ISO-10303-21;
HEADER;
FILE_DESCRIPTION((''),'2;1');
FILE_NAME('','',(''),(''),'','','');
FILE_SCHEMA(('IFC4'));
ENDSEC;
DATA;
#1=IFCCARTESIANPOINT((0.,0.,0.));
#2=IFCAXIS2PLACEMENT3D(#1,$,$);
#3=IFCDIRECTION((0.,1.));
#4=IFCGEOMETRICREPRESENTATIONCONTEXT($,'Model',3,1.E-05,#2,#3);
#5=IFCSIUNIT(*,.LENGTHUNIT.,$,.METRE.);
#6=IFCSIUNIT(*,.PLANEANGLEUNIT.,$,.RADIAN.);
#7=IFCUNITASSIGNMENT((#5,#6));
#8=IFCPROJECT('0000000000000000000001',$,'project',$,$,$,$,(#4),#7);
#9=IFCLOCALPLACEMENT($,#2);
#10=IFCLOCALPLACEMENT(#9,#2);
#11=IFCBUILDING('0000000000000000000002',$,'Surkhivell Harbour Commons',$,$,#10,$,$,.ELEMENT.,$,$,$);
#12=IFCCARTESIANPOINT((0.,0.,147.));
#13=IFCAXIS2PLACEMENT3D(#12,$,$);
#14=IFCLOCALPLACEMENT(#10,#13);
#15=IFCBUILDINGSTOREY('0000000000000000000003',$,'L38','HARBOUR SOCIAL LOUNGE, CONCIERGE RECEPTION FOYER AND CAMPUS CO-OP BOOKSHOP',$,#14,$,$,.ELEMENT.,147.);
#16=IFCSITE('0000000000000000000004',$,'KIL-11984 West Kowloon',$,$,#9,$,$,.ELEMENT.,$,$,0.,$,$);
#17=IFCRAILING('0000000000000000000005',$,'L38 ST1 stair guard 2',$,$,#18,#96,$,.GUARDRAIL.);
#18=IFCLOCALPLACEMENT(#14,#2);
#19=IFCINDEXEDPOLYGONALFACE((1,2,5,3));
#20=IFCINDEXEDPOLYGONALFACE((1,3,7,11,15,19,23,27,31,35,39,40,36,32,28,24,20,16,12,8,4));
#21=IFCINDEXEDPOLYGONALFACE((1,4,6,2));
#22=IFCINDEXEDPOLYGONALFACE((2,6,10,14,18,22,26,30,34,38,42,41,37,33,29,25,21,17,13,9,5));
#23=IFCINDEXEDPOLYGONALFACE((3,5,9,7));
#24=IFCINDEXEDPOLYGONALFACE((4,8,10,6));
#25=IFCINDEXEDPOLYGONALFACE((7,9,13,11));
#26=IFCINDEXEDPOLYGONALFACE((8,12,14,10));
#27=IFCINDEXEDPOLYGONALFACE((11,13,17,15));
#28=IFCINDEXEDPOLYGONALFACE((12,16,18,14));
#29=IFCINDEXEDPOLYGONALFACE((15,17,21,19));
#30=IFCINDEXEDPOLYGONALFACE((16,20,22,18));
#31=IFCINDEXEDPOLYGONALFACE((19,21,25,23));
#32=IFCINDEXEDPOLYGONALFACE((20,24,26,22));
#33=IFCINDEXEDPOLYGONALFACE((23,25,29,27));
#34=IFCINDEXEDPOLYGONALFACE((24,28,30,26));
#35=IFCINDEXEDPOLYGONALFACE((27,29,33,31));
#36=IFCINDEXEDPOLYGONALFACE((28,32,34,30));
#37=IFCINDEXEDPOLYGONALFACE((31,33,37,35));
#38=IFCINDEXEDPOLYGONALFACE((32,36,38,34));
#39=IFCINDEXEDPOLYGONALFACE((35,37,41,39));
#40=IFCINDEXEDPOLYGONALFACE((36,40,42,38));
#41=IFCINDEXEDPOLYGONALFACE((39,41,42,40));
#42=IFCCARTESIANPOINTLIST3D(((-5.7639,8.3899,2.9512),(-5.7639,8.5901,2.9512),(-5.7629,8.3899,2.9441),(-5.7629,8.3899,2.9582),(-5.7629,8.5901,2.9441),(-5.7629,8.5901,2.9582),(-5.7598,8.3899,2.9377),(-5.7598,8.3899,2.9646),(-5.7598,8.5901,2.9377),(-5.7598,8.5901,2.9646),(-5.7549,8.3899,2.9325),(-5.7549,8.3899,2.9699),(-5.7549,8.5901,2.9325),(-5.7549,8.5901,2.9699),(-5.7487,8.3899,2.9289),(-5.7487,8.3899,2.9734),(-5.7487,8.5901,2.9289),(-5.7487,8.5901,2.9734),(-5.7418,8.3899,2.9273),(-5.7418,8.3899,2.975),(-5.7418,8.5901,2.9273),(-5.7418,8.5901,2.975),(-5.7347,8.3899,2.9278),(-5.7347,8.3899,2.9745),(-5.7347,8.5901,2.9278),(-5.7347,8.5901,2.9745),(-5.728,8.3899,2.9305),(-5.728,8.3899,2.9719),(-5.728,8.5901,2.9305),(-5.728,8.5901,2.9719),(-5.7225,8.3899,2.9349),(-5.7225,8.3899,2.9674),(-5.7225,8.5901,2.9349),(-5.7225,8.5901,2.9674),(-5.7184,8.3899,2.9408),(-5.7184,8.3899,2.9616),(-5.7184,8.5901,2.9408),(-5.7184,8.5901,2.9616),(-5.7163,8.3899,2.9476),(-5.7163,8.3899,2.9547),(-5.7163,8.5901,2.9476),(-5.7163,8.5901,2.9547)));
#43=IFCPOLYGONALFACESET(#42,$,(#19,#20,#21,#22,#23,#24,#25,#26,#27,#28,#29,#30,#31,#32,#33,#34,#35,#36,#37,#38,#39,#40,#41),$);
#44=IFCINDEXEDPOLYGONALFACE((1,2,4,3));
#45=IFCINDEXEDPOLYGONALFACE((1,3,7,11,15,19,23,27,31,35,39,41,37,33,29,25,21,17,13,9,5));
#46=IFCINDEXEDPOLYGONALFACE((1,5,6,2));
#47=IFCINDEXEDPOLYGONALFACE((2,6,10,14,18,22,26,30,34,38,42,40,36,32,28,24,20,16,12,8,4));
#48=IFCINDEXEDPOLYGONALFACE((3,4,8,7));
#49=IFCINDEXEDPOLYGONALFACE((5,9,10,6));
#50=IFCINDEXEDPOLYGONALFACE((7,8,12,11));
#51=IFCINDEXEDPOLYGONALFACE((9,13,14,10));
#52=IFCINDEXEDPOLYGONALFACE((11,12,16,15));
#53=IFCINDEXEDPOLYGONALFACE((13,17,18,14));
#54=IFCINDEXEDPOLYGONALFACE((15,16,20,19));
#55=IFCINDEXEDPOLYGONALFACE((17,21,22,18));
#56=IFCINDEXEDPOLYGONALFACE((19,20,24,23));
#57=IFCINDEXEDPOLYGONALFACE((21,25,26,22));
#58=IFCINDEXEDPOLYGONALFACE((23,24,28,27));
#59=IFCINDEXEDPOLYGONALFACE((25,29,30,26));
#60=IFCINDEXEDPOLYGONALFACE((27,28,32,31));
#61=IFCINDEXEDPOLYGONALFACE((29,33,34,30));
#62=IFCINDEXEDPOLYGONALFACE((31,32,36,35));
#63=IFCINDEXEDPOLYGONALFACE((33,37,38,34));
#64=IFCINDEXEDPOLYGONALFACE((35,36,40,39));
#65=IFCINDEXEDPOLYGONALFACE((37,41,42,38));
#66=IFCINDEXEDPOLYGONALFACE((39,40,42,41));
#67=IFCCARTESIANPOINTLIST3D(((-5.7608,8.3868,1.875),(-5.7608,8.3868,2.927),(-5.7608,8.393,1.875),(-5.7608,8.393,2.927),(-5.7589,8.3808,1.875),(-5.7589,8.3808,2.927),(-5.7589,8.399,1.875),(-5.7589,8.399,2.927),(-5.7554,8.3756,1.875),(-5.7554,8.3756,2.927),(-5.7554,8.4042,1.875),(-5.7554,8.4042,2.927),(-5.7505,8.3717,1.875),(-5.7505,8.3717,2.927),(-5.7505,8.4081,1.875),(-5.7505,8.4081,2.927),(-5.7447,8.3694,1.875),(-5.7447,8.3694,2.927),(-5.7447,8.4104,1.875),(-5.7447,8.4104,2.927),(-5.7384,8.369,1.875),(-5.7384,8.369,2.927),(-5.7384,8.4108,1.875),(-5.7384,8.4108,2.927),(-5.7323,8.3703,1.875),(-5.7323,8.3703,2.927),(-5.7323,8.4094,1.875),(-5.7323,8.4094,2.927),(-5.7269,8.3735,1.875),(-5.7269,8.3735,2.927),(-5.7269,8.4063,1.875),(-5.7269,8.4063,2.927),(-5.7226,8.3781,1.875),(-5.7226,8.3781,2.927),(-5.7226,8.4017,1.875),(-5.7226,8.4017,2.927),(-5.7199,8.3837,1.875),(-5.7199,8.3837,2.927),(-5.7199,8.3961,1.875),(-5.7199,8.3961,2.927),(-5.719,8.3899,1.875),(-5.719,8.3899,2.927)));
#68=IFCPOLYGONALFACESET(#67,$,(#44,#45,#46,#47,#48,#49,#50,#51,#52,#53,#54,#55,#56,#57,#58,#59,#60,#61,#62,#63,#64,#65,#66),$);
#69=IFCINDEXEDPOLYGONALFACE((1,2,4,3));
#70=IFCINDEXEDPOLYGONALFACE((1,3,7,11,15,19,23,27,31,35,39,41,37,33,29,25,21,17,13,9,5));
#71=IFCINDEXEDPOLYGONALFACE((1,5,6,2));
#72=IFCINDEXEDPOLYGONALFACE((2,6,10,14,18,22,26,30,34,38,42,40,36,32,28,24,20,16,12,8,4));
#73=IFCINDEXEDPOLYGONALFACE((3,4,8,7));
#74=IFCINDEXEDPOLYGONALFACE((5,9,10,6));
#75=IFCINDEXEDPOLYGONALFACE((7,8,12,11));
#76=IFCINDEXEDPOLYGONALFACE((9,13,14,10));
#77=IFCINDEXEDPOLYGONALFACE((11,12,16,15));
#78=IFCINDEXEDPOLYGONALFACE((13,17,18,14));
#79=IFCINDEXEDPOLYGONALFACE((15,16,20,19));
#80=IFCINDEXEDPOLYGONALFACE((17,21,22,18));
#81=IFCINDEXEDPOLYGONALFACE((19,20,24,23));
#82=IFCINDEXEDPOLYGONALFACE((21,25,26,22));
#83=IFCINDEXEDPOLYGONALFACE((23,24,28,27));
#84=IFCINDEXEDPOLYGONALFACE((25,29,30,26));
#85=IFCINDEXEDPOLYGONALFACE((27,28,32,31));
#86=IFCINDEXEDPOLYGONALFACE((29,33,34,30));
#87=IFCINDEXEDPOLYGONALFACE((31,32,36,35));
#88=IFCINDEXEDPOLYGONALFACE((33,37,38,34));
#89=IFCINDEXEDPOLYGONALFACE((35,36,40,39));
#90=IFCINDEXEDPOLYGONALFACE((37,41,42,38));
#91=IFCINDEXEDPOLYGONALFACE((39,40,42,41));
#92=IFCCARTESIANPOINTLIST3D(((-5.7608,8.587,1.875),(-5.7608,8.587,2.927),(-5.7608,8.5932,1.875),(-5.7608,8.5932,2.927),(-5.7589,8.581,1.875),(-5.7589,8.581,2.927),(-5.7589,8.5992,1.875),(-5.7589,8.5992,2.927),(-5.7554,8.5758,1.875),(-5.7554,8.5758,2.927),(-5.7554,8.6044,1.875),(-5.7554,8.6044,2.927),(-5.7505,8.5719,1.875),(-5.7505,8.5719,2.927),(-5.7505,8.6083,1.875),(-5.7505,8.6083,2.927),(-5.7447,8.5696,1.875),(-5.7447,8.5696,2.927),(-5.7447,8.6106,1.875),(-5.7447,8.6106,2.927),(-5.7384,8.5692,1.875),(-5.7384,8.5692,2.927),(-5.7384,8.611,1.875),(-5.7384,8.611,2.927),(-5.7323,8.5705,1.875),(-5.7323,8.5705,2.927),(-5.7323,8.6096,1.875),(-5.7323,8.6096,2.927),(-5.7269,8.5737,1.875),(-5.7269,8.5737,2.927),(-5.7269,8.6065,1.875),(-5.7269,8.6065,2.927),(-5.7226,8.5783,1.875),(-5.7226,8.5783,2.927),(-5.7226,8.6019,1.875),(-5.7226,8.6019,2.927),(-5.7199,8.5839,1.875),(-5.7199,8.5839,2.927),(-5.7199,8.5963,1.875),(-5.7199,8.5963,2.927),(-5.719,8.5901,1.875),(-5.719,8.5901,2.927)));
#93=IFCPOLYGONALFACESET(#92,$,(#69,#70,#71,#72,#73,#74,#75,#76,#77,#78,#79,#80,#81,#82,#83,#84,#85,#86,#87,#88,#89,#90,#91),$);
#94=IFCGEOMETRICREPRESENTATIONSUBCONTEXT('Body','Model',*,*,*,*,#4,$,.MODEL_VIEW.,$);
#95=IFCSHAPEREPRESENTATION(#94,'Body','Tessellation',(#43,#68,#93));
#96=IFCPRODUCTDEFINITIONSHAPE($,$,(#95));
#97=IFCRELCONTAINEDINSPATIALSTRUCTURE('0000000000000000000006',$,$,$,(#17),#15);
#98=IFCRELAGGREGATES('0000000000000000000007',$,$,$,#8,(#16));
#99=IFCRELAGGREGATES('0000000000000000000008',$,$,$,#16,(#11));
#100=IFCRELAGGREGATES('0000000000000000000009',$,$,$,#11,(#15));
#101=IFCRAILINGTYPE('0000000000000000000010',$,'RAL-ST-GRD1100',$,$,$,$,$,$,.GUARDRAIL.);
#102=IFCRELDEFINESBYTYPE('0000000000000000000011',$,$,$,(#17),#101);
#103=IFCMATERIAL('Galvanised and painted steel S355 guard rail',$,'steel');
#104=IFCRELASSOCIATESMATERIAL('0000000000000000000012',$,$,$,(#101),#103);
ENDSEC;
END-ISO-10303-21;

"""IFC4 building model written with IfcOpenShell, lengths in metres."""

from ifc_helpers import new_model, si_unit, direction, frame, origin, origin_2d, place, context, subcontext, project, spatial, circle, extrude, material, type_object, element, save


model = new_model("IFC4")

# Units and contexts
model_context = context("Model", 3, precision=1e-05, world=origin(), true_north=direction((0.0, 1.0)))
body_context = subcontext(model_context, "Body", "Model", "MODEL_VIEW")
ifc_project = project(units=[si_unit("LENGTHUNIT", "METRE"), si_unit("PLANEANGLEUNIT", "RADIAN")], contexts=[model_context])

# Site, building, storey
site_placement = place(None, origin())
site = spatial("IfcSite", under=ifc_project, at=site_placement, Name="KIL-11984 West Kowloon", CompositionType="ELEMENT", RefElevation=0.0)
building_placement = place(site_placement, origin())
building = spatial("IfcBuilding", under=site, at=building_placement, Name="Surkhivell Harbour Commons", CompositionType="ELEMENT")
storey_placement = place(building_placement, frame((0.0, 0.0, 147.0)))
storey = spatial("IfcBuildingStorey", under=building, at=storey_placement, Name="L38", Description="HARBOUR SOCIAL LOUNGE, CONCIERGE RECEPTION FOYER AND CAMPUS CO-OP BOOKSHOP", CompositionType="ELEMENT", Elevation=147.0)

# Railing
ifc_material_1 = material(Name="Galvanised and painted steel S355 guard rail", Category="steel")
railing_type_1 = type_object("IfcRailingType", Name="RAL-ST-GRD1100", PredefinedType="GUARDRAIL", material=ifc_material_1)
railing_1_placement = place(storey_placement, frame((-5.74, 8.3899, 1.875)))
element("IfcRailing", 1, at=railing_1_placement, inside=storey, type_object=railing_type_1, Name="L38 ST1 stair guard 2", PredefinedType="GUARDRAIL", context=body_context, shape_type="SweptSolid", body=[
    extrude(circle(Radius=0.0239, at=origin_2d()), frame((0.0, 0.0, 1.0762), z_axis=(0.0, 1.0, 0.0), x_axis=(-1.0, 0.0, 0.0)), (0.0, 0.0, 1.0), 0.2002),
    extrude(circle(Radius=0.021, at=origin_2d()), origin(), (0.0, 0.0, 1.0), 1.052),
    extrude(circle(Radius=0.021, at=origin_2d()), frame((0.0, 0.2002, 0.0)), (0.0, 0.0, 1.0), 1.052),
])

save(model, "model.ifc")
